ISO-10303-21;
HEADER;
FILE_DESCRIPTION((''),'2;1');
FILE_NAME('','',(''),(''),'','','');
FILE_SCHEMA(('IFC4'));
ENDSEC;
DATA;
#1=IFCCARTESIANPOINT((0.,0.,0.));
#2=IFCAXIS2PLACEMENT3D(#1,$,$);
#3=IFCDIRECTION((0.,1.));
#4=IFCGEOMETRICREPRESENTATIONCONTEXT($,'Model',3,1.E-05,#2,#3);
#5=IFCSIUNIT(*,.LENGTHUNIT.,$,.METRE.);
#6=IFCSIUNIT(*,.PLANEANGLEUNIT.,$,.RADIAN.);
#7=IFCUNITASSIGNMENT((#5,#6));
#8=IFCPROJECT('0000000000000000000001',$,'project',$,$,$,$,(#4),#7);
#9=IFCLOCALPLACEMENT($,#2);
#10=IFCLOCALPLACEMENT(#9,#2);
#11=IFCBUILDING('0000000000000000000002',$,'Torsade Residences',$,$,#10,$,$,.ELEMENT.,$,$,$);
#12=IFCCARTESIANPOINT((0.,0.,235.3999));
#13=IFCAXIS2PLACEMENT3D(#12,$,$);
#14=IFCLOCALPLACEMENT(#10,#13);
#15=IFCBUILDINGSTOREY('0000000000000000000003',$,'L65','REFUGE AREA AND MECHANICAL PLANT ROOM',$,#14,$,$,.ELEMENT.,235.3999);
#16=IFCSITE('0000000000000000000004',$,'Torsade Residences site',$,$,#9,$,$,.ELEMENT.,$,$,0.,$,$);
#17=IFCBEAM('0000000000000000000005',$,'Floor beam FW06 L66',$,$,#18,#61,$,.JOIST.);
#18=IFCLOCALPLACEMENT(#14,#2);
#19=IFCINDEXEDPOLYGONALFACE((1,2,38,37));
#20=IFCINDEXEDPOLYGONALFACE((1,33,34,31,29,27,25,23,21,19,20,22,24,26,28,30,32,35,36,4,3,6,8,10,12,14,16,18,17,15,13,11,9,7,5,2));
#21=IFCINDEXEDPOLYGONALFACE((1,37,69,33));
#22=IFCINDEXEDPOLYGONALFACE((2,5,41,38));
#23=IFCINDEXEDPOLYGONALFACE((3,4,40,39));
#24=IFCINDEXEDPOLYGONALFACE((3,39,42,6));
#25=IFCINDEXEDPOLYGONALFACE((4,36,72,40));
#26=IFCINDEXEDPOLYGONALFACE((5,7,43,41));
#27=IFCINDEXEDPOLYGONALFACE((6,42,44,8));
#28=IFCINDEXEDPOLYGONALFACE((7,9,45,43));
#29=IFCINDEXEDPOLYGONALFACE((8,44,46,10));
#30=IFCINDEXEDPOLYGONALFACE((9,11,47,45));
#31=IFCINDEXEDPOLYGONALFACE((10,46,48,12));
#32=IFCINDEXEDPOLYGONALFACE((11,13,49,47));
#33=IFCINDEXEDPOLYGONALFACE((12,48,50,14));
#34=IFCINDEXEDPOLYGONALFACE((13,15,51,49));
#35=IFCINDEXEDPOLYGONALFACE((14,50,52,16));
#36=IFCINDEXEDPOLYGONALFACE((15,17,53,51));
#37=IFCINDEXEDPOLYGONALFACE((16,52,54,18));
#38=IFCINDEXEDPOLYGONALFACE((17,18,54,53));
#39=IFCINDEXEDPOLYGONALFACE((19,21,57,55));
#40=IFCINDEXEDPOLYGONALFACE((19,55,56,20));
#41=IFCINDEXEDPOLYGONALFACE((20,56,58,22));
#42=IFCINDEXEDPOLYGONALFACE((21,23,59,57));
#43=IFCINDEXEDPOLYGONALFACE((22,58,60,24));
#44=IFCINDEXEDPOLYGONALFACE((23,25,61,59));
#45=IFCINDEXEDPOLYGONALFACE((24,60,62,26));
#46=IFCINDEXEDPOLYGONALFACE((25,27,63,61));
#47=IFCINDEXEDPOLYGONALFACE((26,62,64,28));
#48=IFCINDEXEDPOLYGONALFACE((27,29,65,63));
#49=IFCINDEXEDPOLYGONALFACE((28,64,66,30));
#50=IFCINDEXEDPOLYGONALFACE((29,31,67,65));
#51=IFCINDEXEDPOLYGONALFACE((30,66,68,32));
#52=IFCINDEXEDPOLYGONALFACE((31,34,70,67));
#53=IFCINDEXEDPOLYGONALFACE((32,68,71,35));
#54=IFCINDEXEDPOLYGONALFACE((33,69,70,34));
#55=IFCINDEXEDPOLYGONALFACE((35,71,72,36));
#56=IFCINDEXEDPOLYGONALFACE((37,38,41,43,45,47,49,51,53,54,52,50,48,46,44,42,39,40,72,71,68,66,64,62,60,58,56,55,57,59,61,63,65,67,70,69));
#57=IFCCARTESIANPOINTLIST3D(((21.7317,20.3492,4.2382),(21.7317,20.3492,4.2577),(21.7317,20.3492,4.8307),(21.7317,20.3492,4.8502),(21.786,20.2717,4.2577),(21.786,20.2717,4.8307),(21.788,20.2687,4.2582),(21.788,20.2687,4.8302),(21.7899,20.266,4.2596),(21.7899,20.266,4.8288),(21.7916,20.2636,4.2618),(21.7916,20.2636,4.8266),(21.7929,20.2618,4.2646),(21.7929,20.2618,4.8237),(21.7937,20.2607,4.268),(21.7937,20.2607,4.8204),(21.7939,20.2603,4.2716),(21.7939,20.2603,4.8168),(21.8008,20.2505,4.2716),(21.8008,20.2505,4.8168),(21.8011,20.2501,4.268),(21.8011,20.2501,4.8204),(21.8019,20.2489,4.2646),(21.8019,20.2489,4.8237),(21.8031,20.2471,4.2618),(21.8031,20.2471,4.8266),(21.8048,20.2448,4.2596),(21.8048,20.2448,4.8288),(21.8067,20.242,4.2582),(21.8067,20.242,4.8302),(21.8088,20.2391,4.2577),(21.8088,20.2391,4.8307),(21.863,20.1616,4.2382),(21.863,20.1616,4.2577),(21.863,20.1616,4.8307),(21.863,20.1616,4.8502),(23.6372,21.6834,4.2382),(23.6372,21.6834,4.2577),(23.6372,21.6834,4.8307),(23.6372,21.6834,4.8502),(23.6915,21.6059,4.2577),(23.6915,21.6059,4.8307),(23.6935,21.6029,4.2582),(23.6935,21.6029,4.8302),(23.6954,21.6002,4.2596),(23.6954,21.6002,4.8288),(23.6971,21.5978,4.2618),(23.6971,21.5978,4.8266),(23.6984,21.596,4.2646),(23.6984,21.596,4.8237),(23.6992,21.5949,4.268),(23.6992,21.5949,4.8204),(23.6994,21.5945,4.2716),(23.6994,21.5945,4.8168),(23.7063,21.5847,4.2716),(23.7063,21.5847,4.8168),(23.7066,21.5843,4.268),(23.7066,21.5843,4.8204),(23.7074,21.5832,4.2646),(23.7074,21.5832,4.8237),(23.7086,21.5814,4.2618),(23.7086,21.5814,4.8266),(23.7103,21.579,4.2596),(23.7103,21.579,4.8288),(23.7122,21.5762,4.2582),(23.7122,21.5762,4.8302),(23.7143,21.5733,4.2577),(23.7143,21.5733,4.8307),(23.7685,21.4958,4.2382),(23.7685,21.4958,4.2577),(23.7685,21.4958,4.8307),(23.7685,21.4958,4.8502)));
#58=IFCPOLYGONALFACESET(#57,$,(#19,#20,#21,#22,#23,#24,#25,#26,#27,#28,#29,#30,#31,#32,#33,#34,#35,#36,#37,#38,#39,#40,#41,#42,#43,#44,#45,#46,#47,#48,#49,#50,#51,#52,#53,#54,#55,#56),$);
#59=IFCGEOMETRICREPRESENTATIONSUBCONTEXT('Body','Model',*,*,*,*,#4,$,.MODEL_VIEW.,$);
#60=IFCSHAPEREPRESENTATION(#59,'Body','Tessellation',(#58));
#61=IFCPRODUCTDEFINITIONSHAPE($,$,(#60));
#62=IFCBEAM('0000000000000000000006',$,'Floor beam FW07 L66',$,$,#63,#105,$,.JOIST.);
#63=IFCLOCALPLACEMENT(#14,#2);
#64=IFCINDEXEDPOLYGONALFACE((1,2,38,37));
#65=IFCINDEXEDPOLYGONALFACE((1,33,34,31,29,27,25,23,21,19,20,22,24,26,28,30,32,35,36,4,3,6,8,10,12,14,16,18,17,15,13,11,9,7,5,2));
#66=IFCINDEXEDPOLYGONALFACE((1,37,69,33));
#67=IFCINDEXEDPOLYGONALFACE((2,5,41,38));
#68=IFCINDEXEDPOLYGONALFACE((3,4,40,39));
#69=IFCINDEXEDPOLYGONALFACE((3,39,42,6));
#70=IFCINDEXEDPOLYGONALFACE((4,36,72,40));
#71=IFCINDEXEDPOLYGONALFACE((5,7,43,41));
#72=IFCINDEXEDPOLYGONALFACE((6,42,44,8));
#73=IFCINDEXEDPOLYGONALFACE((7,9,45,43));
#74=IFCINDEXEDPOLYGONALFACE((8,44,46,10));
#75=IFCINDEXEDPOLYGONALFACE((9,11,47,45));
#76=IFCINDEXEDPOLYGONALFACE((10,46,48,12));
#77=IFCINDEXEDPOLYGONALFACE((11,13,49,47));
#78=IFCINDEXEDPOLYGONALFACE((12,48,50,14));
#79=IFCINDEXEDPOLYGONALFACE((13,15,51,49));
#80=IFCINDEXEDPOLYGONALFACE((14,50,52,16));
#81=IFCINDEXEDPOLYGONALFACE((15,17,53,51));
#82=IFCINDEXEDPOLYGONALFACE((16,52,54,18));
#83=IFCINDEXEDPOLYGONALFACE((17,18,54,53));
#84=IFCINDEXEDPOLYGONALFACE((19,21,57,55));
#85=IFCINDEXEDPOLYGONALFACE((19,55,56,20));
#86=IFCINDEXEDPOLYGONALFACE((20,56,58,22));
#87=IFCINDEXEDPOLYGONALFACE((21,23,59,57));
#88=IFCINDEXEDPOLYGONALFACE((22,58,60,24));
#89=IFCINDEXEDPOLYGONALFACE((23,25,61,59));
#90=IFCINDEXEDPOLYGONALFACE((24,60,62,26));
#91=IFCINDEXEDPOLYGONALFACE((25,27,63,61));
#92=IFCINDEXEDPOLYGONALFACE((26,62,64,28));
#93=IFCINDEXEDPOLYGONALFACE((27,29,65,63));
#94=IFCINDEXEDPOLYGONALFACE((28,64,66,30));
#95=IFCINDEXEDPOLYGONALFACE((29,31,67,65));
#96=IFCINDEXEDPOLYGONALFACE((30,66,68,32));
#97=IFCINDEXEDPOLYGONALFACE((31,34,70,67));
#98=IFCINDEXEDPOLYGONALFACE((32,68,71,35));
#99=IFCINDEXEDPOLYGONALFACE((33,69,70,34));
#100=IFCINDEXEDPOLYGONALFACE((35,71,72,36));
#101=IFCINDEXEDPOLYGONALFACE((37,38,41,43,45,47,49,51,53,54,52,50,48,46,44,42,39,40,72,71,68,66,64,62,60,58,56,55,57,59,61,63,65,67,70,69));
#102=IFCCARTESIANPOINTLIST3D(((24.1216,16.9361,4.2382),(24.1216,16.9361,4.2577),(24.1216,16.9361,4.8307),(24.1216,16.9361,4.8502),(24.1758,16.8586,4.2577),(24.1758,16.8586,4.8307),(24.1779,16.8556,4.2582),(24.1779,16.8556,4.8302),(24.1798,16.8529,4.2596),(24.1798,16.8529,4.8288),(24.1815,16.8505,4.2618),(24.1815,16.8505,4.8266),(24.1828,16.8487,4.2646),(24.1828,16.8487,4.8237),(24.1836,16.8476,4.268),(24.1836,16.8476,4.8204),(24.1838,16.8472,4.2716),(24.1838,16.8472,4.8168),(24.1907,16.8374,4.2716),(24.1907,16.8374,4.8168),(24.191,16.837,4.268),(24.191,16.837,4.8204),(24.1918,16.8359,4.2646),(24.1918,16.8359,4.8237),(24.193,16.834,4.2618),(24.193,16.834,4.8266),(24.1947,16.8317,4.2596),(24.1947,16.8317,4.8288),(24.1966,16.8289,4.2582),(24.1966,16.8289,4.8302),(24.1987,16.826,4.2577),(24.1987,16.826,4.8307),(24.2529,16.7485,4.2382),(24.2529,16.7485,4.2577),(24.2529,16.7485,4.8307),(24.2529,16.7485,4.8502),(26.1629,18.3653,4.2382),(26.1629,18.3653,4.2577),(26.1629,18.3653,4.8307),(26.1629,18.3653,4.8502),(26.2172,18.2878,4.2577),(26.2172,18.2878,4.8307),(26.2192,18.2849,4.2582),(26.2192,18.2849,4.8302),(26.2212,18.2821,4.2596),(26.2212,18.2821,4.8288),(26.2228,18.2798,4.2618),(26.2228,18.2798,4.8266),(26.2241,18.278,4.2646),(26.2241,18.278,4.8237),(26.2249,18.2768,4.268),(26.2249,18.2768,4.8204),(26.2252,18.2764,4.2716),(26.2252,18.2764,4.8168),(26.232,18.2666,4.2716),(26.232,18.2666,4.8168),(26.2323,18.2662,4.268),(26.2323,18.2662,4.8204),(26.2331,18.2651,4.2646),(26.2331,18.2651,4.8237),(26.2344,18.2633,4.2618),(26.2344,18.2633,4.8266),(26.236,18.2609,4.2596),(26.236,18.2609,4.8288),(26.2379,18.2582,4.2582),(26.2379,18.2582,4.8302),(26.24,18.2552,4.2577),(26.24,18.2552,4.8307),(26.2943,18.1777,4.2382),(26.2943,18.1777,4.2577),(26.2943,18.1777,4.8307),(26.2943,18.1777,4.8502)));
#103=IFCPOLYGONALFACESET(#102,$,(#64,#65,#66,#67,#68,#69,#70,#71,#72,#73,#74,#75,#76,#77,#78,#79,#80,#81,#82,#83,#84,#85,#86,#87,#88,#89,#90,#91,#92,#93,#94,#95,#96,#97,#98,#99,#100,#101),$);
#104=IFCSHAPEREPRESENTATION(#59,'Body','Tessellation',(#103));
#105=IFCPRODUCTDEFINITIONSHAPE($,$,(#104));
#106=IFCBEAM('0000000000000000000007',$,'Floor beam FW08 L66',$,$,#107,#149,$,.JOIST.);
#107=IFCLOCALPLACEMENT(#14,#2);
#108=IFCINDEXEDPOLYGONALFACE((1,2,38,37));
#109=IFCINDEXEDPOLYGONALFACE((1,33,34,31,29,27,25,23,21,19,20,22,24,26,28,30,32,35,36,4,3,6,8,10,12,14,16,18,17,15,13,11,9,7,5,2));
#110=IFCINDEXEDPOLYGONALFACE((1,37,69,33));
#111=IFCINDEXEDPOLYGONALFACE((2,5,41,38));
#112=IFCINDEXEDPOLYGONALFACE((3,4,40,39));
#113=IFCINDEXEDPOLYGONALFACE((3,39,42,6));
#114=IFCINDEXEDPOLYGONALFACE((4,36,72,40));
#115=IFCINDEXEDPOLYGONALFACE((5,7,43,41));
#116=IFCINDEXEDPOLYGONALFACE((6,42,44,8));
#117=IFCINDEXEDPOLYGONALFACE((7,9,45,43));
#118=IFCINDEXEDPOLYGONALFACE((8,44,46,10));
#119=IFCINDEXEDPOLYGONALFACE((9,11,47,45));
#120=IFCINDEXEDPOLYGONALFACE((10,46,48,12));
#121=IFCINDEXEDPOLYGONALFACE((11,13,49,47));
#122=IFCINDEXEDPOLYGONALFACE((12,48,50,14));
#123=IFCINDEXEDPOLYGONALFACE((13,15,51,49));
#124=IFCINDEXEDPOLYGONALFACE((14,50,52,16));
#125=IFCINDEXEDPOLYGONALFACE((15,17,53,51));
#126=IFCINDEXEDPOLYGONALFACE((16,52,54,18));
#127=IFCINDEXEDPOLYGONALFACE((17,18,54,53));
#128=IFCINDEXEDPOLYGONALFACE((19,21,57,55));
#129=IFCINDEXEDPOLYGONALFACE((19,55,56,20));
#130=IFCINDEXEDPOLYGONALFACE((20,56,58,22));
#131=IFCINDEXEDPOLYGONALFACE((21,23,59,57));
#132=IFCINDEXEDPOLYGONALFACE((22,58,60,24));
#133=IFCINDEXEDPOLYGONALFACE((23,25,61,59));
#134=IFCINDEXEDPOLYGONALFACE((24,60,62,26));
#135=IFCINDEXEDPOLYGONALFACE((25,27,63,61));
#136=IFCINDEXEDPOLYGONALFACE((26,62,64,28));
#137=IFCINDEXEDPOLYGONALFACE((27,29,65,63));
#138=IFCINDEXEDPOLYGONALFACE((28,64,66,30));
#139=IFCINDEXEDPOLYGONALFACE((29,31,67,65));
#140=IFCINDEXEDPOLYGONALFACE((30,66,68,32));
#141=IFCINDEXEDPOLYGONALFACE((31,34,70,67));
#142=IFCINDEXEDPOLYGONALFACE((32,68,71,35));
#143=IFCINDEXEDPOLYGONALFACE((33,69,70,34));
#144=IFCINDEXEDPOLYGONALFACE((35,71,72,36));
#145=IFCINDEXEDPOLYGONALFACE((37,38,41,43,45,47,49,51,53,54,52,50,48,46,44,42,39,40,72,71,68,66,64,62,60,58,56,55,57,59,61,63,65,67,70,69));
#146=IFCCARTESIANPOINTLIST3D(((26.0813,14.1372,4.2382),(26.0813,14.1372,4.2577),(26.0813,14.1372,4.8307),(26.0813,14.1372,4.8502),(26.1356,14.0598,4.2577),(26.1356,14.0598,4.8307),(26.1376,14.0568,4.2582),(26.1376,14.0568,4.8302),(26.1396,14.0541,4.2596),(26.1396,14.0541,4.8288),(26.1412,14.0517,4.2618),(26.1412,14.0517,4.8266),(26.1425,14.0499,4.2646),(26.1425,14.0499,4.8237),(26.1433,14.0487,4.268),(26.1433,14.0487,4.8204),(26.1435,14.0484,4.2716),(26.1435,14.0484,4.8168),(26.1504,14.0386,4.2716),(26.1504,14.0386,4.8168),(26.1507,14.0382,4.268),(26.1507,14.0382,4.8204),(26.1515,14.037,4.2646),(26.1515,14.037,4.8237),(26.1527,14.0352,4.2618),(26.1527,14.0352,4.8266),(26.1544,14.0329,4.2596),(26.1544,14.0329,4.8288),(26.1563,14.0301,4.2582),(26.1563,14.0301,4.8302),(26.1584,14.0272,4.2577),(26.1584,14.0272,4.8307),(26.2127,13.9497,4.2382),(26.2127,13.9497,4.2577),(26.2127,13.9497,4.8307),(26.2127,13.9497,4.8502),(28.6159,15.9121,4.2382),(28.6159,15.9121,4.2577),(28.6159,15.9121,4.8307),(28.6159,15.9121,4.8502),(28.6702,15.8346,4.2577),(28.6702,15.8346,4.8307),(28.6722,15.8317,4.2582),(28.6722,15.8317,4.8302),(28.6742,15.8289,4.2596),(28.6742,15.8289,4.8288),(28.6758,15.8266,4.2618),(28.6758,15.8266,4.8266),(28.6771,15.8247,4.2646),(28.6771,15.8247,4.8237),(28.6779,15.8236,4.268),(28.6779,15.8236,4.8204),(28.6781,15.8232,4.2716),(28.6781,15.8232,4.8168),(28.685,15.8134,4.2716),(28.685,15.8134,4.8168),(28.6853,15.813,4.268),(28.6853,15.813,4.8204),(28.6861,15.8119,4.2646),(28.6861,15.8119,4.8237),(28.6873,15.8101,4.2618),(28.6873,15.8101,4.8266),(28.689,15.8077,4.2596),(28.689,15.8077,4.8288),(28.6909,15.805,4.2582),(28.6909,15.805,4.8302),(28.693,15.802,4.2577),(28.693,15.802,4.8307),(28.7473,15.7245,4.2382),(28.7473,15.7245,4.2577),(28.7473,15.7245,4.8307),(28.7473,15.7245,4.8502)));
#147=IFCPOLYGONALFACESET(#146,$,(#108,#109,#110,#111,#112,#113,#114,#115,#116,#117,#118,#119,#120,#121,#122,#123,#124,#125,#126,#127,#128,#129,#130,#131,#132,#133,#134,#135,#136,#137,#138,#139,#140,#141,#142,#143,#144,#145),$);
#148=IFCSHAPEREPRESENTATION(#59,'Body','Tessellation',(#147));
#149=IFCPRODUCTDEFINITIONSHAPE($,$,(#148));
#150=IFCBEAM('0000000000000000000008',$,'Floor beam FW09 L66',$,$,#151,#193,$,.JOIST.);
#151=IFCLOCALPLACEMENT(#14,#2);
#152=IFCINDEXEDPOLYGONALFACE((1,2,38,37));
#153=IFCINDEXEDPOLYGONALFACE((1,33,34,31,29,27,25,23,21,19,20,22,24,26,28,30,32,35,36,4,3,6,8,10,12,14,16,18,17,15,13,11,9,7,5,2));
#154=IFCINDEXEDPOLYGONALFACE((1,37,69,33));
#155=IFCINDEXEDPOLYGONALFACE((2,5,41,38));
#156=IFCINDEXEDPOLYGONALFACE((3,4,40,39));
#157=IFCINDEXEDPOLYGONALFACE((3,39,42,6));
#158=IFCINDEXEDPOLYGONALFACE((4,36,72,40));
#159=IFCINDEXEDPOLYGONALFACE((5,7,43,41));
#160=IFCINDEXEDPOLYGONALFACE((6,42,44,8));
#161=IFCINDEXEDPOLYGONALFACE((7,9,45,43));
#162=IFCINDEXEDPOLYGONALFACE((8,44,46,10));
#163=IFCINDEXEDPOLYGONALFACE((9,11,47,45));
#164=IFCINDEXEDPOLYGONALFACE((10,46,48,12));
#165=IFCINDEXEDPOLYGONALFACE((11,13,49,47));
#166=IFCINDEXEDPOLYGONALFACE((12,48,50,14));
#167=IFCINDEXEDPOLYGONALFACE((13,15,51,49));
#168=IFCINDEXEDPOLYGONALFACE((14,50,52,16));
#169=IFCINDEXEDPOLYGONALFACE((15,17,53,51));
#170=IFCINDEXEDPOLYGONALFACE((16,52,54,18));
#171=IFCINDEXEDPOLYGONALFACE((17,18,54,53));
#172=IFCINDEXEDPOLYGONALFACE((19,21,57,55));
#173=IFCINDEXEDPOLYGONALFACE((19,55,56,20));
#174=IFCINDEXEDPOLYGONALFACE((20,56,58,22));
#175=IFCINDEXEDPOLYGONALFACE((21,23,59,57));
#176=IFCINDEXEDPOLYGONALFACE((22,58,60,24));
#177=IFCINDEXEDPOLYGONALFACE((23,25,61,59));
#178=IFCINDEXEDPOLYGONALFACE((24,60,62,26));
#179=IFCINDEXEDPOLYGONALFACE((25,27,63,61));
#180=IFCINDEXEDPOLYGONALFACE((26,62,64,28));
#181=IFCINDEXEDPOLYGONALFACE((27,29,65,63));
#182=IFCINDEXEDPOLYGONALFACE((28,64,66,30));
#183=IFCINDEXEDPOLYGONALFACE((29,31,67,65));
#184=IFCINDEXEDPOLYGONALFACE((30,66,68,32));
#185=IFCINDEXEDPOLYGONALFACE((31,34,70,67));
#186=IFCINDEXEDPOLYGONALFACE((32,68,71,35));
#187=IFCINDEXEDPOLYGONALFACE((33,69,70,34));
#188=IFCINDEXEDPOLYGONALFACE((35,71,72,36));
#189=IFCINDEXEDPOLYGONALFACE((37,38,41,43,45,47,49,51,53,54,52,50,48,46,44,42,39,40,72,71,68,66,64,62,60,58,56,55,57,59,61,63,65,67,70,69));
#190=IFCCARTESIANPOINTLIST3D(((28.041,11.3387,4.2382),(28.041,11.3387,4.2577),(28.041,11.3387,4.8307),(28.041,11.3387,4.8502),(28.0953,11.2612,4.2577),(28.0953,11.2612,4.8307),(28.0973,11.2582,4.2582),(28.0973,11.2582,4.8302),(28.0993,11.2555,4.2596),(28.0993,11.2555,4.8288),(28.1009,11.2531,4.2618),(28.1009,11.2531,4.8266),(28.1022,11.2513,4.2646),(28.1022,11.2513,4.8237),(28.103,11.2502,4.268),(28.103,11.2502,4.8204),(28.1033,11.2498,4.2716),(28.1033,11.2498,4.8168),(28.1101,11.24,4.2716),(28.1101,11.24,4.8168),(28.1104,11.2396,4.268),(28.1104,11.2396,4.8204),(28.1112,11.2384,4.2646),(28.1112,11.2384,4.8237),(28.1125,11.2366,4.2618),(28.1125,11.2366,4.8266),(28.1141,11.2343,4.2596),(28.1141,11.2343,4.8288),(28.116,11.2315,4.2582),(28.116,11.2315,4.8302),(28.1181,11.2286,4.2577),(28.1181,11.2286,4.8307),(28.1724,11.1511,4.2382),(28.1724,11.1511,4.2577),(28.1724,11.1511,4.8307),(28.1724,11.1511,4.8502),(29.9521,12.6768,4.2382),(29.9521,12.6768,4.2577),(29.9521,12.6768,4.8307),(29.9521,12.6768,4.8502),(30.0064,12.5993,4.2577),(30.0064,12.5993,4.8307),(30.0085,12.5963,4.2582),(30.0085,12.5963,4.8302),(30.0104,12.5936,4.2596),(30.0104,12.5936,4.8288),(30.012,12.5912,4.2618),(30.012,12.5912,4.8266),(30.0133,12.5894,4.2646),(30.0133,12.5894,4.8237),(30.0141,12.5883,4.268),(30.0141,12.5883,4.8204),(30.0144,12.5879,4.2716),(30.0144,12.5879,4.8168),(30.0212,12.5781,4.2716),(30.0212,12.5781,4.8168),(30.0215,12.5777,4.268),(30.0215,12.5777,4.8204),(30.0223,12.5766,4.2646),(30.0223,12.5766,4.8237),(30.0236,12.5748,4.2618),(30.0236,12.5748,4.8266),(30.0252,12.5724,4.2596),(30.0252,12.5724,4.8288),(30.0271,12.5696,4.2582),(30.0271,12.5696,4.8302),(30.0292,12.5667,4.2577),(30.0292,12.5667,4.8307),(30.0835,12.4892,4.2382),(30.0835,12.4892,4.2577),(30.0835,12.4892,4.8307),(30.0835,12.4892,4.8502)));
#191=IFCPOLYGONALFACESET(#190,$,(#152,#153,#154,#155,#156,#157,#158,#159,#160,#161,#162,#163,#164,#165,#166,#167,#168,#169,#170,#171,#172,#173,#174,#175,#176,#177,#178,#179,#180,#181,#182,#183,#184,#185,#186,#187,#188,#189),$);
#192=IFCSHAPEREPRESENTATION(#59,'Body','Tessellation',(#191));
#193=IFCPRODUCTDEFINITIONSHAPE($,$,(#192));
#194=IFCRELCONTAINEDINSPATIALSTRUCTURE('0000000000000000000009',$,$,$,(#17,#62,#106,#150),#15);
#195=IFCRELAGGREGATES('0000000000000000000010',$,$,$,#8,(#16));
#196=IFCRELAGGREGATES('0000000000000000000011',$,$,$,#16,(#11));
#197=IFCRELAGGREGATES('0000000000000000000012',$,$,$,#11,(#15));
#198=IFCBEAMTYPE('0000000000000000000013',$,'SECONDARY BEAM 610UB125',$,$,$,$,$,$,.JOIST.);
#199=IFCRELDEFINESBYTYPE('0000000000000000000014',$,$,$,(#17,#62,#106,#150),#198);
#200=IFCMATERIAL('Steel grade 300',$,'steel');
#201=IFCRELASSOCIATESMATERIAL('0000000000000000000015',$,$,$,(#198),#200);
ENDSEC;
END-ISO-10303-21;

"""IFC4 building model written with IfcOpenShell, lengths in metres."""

from ifc_helpers import new_model, si_unit, direction, frame, origin, origin_2d, place, context, subcontext, project, spatial, i_section, extrude, material, material_profile, profile_set, type_object, element, save


model = new_model("IFC4")

# Units and contexts
model_context = context("Model", 3, precision=1e-05, world=origin(), true_north=direction((0.0, 1.0)))
body_context = subcontext(model_context, "Body", "Model", "MODEL_VIEW")
ifc_project = project(units=[si_unit("LENGTHUNIT", "METRE"), si_unit("PLANEANGLEUNIT", "RADIAN")], contexts=[model_context])

# Site, building, storey
site_placement = place(None, origin())
site = spatial("IfcSite", under=ifc_project, at=site_placement, Name="Torsade Residences site", CompositionType="ELEMENT", RefElevation=0.0)
building_placement = place(site_placement, origin())
building = spatial("IfcBuilding", under=site, at=building_placement, Name="Torsade Residences", CompositionType="ELEMENT")
storey_placement = place(building_placement, frame((0.0, 0.0, 235.3999)))
storey = spatial("IfcBuildingStorey", under=building, at=storey_placement, Name="L65", Description="REFUGE AREA AND MECHANICAL PLANT ROOM", CompositionType="ELEMENT", Elevation=235.3999)

# Beams
ifc_material_1 = material(Name="Steel grade 300", Category="steel")
ifc_material_profile_1 = material_profile(ifc_material_1, i_section(OverallWidth=0.229, OverallDepth=0.6121, WebThickness=0.012, FlangeThickness=0.0195, FilletRadius=0.0139, at=origin_2d()), Name="610UB125")
ifc_profile_set_1 = profile_set([ifc_material_profile_1], Name="Steel grade 300")
beam_type_1 = type_object("IfcBeamType", Name="SECONDARY BEAM 610UB125", PredefinedType="JOIST", material=ifc_profile_set_1)
beam_1_placement = place(storey_placement, frame((21.7974, 20.2554, 4.5442), z_axis=(0.819158, 0.573568, 0.0), x_axis=(-0.573568, 0.819158, 0.0)))
element("IfcBeam", 1, at=beam_1_placement, inside=storey, type_object=beam_type_1, Name="Floor beam FW06 L66", PredefinedType="JOIST", context=body_context, shape_type="SweptSolid", body=[
    extrude(i_section(OverallWidth=0.229, OverallDepth=0.6121, WebThickness=0.012, FlangeThickness=0.0195, FilletRadius=0.0139, at=origin_2d()), origin(), (0.0, 0.0, 1.0), 2.3262),
])
beam_2_placement = place(storey_placement, frame((24.1873, 16.8423, 4.5442), z_axis=(0.819172, 0.573548, 0.0), x_axis=(-0.573548, 0.819172, 0.0)))
element("IfcBeam", 2, at=beam_2_placement, inside=storey, type_object=beam_type_1, Name="Floor beam FW07 L66", PredefinedType="JOIST", context=body_context, shape_type="SweptSolid", body=[
    extrude(i_section(OverallWidth=0.229, OverallDepth=0.6121, WebThickness=0.012, FlangeThickness=0.0195, FilletRadius=0.0139, at=origin_2d()), origin(), (0.0, 0.0, 1.0), 2.4919),
])
beam_3_placement = place(storey_placement, frame((26.147, 14.0435, 4.5442), z_axis=(0.819136, 0.5736, 0.0), x_axis=(-0.5736, 0.819136, 0.0)))
element("IfcBeam", 3, at=beam_3_placement, inside=storey, type_object=beam_type_1, Name="Floor beam FW08 L66", PredefinedType="JOIST", context=body_context, shape_type="SweptSolid", body=[
    extrude(i_section(OverallWidth=0.229, OverallDepth=0.6121, WebThickness=0.012, FlangeThickness=0.0195, FilletRadius=0.0139, at=origin_2d()), origin(), (0.0, 0.0, 1.0), 3.0942),
])
beam_4_placement = place(storey_placement, frame((28.1067, 11.2449, 4.5442), z_axis=(0.819163, 0.573561, 0.0), x_axis=(-0.573561, 0.819163, 0.0)))
element("IfcBeam", 4, at=beam_4_placement, inside=storey, type_object=beam_type_1, Name="Floor beam FW09 L66", PredefinedType="JOIST", context=body_context, shape_type="SweptSolid", body=[
    extrude(i_section(OverallWidth=0.229, OverallDepth=0.6121, WebThickness=0.012, FlangeThickness=0.0195, FilletRadius=0.0139, at=origin_2d()), origin(), (0.0, 0.0, 1.0), 2.333),
])

save(model, "model.ifc")
